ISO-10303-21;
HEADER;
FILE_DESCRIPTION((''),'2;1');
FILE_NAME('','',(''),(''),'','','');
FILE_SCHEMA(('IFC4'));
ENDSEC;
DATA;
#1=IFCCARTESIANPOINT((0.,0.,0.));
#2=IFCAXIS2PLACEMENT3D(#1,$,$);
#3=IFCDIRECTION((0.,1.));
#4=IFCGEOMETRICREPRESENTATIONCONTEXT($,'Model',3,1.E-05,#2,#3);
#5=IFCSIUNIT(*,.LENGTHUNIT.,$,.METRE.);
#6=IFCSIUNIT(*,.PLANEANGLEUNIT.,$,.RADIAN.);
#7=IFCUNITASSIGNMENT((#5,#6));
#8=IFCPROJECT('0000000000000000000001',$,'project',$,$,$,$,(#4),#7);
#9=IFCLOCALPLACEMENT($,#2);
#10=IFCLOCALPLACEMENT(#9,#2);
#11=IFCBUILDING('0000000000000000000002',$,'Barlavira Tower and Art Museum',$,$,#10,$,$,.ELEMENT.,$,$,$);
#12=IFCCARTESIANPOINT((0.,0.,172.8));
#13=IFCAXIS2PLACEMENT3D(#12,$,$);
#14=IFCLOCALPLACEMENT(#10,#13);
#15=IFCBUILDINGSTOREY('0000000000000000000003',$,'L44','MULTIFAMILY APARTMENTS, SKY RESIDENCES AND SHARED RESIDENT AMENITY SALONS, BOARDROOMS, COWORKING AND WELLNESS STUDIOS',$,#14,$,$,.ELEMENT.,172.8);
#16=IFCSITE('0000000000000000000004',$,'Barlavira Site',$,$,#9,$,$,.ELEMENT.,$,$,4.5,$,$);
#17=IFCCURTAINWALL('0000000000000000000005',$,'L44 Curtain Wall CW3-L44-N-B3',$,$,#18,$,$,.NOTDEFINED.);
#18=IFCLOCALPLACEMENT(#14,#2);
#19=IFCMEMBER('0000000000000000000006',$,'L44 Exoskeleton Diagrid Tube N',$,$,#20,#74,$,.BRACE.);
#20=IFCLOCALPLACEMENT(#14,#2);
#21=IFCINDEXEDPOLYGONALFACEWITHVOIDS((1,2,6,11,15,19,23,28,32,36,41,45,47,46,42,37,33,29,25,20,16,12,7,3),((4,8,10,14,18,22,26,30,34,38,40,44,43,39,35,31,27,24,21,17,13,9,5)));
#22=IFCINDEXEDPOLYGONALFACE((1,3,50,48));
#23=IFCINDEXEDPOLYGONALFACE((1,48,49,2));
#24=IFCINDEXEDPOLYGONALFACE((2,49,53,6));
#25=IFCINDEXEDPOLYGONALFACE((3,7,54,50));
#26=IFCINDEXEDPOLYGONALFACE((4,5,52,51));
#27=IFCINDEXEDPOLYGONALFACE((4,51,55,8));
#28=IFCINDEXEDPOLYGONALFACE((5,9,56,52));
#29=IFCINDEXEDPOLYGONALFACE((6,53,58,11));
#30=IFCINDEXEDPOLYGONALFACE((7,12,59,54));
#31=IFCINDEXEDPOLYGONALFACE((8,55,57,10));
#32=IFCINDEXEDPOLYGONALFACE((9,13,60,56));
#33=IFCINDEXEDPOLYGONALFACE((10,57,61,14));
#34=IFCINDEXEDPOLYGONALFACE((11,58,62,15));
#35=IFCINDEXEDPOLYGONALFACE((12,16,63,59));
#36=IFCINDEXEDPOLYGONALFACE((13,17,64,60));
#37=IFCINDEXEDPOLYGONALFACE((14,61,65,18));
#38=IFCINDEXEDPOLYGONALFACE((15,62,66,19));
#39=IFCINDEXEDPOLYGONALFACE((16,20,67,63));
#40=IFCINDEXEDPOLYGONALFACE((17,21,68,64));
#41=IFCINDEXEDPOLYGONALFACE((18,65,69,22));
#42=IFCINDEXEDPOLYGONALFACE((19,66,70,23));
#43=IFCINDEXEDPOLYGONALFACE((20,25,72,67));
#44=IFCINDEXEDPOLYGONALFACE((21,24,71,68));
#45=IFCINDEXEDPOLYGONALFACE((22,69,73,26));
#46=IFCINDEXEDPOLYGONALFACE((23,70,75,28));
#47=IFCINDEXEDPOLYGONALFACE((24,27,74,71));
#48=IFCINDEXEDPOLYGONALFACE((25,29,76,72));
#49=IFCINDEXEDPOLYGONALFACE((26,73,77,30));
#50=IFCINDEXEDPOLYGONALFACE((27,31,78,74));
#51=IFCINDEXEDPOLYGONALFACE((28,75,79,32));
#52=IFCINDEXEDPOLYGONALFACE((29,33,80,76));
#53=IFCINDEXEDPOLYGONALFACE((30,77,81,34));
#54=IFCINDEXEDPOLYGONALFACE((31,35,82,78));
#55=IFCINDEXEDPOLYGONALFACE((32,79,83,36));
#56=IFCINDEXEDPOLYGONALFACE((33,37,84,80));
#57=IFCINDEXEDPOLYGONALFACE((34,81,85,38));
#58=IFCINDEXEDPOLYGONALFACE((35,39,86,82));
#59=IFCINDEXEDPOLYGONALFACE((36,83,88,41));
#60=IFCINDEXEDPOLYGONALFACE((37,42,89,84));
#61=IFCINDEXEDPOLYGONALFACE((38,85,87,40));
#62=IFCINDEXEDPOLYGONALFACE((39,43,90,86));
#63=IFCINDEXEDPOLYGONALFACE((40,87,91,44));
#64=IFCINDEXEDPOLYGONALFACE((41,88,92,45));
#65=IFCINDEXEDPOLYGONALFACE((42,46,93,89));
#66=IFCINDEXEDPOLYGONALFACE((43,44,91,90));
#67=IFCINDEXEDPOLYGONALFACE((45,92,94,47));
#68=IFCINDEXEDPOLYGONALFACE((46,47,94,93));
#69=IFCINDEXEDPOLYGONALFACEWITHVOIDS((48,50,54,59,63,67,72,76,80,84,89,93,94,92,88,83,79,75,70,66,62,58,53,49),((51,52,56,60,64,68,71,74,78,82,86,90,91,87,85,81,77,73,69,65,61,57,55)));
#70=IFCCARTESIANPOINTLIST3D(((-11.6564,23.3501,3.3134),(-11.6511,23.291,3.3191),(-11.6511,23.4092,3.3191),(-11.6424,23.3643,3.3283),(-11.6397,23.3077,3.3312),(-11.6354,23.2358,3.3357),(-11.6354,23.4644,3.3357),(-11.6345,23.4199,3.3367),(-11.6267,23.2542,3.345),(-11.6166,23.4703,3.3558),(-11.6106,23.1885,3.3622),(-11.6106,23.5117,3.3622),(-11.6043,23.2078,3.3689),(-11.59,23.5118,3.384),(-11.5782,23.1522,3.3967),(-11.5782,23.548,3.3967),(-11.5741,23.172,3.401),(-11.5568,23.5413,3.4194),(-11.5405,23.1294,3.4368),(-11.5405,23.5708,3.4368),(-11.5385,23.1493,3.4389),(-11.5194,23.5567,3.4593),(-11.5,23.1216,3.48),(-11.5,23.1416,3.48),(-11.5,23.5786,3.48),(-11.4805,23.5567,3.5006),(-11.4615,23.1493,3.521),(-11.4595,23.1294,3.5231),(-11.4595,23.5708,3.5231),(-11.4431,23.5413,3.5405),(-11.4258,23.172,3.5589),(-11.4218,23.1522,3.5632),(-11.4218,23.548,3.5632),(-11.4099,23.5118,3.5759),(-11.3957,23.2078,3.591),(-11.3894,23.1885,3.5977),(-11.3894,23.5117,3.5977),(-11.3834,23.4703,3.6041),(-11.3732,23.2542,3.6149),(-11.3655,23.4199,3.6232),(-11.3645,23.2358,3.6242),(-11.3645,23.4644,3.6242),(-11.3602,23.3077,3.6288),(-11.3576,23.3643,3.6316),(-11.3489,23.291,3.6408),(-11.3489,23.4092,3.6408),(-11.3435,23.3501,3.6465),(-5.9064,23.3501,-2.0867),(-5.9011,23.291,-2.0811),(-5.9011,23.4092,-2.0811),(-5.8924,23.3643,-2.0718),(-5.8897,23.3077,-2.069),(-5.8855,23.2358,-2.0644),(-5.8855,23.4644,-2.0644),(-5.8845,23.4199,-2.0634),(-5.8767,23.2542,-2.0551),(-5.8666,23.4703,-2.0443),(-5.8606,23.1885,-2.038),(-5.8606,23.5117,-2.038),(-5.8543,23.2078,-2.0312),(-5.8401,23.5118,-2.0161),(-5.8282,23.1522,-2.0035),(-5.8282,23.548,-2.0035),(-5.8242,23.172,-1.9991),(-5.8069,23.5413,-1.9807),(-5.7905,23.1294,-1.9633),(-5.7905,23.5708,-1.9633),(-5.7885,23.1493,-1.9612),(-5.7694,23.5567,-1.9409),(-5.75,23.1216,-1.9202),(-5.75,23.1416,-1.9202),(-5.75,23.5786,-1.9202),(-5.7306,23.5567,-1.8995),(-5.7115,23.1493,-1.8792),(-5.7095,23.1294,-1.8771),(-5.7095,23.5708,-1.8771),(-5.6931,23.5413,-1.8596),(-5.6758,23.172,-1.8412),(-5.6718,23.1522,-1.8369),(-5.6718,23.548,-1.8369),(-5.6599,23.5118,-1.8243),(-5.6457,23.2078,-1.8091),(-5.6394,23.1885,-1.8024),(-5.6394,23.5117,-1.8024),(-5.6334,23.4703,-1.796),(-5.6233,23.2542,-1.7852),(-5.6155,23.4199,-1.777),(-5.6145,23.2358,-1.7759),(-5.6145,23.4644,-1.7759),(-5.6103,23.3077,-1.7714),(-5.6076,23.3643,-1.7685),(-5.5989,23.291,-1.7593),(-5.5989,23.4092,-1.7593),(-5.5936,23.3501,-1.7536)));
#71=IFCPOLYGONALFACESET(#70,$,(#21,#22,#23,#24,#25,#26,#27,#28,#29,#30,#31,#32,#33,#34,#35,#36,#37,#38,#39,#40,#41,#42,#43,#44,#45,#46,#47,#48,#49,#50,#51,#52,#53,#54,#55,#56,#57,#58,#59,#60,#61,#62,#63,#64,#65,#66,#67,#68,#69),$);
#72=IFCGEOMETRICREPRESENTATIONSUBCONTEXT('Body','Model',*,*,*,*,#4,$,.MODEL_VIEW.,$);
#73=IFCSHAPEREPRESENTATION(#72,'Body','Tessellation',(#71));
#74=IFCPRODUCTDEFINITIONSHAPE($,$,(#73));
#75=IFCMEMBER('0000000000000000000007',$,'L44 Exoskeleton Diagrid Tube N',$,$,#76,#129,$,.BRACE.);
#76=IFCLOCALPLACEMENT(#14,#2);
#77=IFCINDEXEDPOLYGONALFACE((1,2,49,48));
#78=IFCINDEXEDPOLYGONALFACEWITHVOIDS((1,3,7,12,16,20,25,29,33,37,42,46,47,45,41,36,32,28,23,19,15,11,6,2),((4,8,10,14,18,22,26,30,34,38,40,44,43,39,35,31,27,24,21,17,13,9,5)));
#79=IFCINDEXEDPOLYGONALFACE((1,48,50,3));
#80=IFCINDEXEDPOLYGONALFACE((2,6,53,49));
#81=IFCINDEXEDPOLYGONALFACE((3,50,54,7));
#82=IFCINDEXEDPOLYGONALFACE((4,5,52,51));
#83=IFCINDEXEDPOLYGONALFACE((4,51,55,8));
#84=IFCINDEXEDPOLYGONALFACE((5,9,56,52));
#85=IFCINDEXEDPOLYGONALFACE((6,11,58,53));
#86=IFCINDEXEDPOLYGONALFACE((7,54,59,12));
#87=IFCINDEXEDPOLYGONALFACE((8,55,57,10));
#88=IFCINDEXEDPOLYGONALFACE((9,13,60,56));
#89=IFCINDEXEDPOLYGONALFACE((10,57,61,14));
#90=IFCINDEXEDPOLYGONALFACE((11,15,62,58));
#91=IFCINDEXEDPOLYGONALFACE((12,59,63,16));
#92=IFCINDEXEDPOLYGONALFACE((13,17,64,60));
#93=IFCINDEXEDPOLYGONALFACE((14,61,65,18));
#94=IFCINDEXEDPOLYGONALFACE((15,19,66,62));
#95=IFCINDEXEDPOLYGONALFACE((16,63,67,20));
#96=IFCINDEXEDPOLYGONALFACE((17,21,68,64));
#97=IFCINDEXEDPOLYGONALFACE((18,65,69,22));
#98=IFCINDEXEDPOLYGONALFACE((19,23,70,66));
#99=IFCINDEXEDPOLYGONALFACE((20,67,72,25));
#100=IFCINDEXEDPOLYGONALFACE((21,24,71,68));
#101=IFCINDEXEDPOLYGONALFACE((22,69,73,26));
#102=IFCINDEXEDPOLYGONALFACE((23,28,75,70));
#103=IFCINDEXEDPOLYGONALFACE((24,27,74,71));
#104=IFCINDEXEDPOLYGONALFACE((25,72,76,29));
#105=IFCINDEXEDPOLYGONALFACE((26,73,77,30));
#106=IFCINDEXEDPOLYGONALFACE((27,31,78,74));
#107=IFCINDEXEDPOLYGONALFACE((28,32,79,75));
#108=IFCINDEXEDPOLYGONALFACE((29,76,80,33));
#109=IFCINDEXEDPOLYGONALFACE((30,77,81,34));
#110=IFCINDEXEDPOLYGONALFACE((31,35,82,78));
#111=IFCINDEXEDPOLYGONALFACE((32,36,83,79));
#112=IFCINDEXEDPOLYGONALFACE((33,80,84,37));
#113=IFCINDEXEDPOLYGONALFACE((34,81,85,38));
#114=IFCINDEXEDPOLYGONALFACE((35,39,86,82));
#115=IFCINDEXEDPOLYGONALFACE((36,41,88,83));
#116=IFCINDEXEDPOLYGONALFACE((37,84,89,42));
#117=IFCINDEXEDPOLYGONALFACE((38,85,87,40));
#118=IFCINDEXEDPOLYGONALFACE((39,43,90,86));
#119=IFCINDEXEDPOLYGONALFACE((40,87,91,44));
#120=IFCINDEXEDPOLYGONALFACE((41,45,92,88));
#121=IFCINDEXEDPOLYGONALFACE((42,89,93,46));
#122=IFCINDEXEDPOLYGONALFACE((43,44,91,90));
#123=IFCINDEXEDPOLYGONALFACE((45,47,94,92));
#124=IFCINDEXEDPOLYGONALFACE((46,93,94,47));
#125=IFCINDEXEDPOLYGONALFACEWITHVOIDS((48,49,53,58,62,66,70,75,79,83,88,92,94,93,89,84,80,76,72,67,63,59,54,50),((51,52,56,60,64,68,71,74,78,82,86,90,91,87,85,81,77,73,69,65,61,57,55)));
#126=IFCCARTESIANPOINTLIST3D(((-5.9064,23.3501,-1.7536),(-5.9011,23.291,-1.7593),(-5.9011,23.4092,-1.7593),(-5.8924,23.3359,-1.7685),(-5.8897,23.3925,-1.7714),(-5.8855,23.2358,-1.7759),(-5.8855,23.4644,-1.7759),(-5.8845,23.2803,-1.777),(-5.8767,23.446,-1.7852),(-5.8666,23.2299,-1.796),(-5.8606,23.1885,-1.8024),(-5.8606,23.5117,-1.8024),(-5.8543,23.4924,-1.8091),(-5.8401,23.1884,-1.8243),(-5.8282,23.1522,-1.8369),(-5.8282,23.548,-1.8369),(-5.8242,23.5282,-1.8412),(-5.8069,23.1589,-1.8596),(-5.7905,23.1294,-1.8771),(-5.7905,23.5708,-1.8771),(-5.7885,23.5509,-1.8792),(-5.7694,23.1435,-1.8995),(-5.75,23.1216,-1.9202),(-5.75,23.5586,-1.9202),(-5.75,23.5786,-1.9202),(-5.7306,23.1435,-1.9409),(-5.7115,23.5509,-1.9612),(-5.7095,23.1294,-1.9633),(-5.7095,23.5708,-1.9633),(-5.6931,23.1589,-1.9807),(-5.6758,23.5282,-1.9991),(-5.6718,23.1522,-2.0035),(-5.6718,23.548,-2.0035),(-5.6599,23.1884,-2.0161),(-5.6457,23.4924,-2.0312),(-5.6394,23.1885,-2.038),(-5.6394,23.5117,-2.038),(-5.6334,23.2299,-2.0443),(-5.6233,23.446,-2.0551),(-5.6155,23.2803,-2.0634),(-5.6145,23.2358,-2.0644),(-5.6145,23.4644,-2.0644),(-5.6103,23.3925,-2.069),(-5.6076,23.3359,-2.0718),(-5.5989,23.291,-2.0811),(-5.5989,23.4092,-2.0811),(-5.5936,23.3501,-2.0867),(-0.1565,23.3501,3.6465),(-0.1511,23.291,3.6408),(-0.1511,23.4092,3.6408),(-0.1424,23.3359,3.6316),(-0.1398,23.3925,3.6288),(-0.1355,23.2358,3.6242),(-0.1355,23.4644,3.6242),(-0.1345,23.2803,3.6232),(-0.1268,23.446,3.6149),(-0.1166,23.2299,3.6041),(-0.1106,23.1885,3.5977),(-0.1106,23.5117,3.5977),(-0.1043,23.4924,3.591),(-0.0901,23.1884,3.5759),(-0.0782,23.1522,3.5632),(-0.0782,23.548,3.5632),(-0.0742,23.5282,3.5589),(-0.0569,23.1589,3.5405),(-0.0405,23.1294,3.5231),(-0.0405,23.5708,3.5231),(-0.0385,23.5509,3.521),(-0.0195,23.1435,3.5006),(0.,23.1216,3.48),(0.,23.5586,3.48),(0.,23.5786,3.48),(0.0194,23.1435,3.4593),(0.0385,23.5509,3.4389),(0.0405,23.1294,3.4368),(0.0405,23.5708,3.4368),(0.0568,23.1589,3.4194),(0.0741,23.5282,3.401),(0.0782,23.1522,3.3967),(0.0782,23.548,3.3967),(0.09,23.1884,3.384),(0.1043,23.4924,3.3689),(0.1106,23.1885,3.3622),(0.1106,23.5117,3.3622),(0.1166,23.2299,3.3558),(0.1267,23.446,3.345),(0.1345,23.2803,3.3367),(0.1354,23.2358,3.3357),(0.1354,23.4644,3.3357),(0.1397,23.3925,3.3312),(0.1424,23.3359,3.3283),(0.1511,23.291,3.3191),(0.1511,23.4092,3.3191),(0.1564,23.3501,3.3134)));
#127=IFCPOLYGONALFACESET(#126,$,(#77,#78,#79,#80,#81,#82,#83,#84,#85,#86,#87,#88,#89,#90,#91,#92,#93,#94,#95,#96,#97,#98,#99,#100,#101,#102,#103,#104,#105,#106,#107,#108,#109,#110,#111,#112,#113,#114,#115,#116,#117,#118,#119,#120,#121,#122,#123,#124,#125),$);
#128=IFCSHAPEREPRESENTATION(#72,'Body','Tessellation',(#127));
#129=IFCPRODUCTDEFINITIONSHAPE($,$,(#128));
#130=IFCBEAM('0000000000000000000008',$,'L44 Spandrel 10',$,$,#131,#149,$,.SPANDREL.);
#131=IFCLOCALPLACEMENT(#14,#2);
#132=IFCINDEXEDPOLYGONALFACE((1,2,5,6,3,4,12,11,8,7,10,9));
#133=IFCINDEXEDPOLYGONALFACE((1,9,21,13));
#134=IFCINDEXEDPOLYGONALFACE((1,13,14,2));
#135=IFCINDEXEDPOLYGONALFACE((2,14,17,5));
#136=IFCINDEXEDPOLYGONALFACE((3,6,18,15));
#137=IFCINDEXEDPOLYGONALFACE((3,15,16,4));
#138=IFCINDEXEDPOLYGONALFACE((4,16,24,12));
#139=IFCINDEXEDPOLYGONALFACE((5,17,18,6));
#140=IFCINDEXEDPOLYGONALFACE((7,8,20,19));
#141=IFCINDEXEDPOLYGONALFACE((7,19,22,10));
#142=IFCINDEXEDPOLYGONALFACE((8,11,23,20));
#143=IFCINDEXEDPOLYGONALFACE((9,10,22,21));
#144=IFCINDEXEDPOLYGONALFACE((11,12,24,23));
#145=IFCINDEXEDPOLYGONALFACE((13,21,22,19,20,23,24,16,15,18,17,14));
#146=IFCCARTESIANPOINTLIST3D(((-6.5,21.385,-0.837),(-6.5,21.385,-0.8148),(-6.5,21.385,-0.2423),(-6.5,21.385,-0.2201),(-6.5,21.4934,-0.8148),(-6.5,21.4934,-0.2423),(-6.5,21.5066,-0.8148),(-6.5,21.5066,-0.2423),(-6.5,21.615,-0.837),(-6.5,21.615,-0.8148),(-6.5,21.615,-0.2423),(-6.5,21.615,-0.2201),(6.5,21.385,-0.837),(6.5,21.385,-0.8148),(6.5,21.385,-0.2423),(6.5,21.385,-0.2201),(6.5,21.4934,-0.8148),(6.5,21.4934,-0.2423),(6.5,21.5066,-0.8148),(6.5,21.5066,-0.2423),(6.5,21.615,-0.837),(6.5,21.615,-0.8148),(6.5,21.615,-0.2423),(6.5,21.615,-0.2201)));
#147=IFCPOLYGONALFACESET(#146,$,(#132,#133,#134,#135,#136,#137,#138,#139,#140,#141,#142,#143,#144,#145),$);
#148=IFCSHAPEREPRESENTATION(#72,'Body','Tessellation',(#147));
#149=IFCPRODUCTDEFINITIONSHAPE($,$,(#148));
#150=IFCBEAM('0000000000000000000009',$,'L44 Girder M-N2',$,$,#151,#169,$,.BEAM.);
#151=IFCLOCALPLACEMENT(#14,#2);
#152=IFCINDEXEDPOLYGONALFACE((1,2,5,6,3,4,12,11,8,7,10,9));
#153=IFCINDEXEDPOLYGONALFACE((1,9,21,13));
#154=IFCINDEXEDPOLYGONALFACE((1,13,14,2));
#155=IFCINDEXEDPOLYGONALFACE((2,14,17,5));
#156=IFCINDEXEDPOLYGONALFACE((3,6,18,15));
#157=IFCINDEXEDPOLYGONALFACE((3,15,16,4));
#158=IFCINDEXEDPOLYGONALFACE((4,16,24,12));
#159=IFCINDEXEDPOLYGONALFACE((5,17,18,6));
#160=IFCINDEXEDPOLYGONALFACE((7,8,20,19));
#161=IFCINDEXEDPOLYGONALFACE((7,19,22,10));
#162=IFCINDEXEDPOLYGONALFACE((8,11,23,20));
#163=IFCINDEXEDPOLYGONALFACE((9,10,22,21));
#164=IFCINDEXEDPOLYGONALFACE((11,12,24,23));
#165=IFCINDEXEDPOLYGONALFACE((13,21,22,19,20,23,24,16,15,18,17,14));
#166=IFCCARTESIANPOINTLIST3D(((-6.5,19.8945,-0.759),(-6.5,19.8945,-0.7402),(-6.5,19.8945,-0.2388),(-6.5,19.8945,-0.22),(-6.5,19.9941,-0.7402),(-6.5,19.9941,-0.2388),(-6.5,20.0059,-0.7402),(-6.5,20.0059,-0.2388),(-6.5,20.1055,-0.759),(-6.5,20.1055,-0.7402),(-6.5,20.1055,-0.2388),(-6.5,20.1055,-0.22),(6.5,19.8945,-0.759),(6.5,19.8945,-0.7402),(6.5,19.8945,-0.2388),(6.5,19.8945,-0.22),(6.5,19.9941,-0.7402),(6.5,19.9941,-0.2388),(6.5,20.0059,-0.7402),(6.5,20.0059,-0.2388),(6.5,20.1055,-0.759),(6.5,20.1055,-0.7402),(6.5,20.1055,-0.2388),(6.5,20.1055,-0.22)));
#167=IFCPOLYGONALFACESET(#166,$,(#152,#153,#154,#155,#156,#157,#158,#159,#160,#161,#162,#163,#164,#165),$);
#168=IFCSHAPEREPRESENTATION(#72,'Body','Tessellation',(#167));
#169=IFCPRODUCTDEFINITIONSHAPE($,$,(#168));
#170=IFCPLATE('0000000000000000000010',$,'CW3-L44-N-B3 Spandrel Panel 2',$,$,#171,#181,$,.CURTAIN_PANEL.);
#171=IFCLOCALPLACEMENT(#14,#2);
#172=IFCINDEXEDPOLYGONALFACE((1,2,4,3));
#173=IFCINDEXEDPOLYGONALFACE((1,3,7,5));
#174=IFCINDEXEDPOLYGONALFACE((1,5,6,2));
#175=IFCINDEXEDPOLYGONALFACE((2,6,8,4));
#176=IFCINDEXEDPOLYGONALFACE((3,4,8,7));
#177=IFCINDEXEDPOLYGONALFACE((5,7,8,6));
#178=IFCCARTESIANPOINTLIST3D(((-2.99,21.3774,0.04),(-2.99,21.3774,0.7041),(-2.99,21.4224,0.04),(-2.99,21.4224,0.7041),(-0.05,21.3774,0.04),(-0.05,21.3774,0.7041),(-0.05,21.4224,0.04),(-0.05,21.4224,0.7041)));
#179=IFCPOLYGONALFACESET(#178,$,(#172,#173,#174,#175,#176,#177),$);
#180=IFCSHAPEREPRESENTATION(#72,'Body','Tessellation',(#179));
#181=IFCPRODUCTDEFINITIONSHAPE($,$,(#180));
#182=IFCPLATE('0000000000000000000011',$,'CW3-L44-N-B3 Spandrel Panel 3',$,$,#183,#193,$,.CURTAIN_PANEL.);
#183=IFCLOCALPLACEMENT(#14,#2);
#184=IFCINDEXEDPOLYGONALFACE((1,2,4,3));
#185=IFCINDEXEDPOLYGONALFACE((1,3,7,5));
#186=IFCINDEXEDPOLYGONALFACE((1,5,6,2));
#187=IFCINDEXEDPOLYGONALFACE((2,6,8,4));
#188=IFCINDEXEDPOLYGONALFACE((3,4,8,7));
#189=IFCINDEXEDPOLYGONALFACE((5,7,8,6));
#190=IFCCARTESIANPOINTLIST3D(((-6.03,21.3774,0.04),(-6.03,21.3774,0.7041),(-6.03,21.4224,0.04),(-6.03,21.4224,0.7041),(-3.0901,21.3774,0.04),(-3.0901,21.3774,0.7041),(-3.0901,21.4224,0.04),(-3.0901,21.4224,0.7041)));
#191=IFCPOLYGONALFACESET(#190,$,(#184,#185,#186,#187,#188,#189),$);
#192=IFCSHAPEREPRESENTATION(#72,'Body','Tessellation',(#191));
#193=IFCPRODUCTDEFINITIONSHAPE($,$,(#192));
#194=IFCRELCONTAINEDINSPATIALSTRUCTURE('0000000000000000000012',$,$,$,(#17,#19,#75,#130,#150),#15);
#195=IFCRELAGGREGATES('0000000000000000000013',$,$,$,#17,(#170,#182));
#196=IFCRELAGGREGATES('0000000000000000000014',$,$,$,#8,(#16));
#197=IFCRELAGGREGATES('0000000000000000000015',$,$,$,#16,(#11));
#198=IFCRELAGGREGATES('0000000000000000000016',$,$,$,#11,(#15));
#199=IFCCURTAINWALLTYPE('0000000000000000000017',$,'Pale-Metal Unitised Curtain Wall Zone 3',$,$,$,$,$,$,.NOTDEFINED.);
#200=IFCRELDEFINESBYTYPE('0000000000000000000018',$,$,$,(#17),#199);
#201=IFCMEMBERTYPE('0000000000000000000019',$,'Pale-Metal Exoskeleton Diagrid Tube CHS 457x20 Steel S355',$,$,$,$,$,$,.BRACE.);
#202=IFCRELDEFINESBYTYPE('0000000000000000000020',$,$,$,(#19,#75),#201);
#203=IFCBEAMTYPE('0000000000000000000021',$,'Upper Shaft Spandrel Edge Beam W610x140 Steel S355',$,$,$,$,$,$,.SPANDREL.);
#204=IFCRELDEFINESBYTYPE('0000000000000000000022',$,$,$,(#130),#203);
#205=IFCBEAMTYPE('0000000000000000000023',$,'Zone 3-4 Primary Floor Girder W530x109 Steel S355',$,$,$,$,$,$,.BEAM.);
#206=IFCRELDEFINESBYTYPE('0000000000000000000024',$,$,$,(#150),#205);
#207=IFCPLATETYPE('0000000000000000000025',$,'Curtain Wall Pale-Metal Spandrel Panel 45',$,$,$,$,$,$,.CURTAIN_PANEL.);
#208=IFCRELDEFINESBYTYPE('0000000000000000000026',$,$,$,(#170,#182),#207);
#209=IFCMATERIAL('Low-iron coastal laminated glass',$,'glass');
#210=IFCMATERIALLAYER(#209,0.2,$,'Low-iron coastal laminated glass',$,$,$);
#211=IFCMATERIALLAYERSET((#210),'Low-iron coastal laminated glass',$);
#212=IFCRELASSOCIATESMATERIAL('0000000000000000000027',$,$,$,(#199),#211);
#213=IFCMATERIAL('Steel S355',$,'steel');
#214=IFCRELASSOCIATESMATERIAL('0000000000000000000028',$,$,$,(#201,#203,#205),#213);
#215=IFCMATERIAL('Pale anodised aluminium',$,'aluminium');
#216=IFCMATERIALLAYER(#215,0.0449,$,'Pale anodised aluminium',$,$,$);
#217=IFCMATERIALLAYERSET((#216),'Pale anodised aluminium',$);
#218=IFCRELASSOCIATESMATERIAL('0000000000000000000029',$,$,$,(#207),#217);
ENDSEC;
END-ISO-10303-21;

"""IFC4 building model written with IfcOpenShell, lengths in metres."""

from ifc_helpers import new_model, si_unit, direction, frame, origin, origin_2d, place, context, subcontext, project, spatial, rectangle, hollow_circle, i_section, extrude, material, layer, layer_set, material_profile, profile_set, type_object, element, aggregate, save


model = new_model("IFC4")

# Units and contexts
model_context = context("Model", 3, precision=1e-05, world=origin(), true_north=direction((0.0, 1.0)))
body_context = subcontext(model_context, "Body", "Model", "MODEL_VIEW")
ifc_project = project(units=[si_unit("LENGTHUNIT", "METRE"), si_unit("PLANEANGLEUNIT", "RADIAN")], contexts=[model_context])

# Site, building, storey
site_placement = place(None, origin())
site = spatial("IfcSite", under=ifc_project, at=site_placement, Name="Barlavira Site", CompositionType="ELEMENT", RefElevation=4.5)
building_placement = place(site_placement, origin())
building = spatial("IfcBuilding", under=site, at=building_placement, Name="Barlavira Tower and Art Museum", CompositionType="ELEMENT")
storey_placement = place(building_placement, frame((0.0, 0.0, 172.8)))
storey = spatial("IfcBuildingStorey", under=building, at=storey_placement, Name="L44", Description="MULTIFAMILY APARTMENTS, SKY RESIDENCES AND SHARED RESIDENT AMENITY SALONS, BOARDROOMS, COWORKING AND WELLNESS STUDIOS", CompositionType="ELEMENT", Elevation=172.8)

# Curtain wall
ifc_material_1 = material(Name="Low-iron coastal laminated glass", Category="glass")
ifc_layer_1 = layer(ifc_material_1, 0.2, Name="Low-iron coastal laminated glass")
ifc_layer_set_1 = layer_set([ifc_layer_1], Name="Low-iron coastal laminated glass")
curtain_wall_type = type_object("IfcCurtainWallType", Name="Pale-Metal Unitised Curtain Wall Zone 3", PredefinedType="NOTDEFINED", material=ifc_layer_set_1)
curtain_wall_placement = place(storey_placement, origin())
curtain_wall = element("IfcCurtainWall", 1, at=curtain_wall_placement, inside=storey, type_object=curtain_wall_type, Name="L44 Curtain Wall CW3-L44-N-B3", PredefinedType="NOTDEFINED")
ifc_material_2 = material(Name="Pale anodised aluminium", Category="aluminium")

# Members
ifc_material_3 = material(Name="Steel S355", Category="steel")
ifc_material_profile_1 = material_profile(ifc_material_3, hollow_circle(Radius=0.2285, WallThickness=0.02, at=origin_2d()), Name="CHS 457.0x20.0")
ifc_profile_set_1 = profile_set([ifc_material_profile_1], Name="Steel S355")
member_type_1 = type_object("IfcMemberType", Name="Pale-Metal Exoskeleton Diagrid Tube CHS 457x20 Steel S355", PredefinedType="BRACE", material=ifc_profile_set_1)
for number, where, z_axis, x_axis, name in (
    (2, (-5.75, 23.3501, -1.9202), (-0.728935, 0.0, 0.684583), (0.0, -1.0, 0.0), "L44 Exoskeleton Diagrid Tube N"),
    (3, (-5.75, 23.3501, -1.9202), (0.728935, 0.0, 0.684583), (0.0, 1.0, 0.0), "L44 Exoskeleton Diagrid Tube N"),
):
    element("IfcMember", number, at=place(storey_placement, frame(where, z_axis=z_axis, x_axis=x_axis)), inside=storey, type_object=member_type_1, Name=name, PredefinedType="BRACE", context=body_context, shape_type="SweptSolid", body=[
        extrude(hollow_circle(Radius=0.2285, WallThickness=0.02, at=origin_2d()), origin(), (0.0, 0.0, 1.0), 7.8882),
    ])

# Beams
ifc_material_profile_2 = material_profile(ifc_material_3, i_section(OverallWidth=0.23, OverallDepth=0.6169, WebThickness=0.0132, FlangeThickness=0.0222, at=origin_2d()), Name="W610x140.0")
ifc_profile_set_2 = profile_set([ifc_material_profile_2], Name="Steel S355")
beam_type_1 = type_object("IfcBeamType", Name="Upper Shaft Spandrel Edge Beam W610x140 Steel S355", PredefinedType="SPANDREL", material=ifc_profile_set_2)
beam_1_placement = place(storey_placement, frame((-6.5, 21.5, -0.5286), z_axis=(1.0, 0.0, 0.0), x_axis=(0.0, 1.0, 0.0)))
element("IfcBeam", 4, at=beam_1_placement, inside=storey, type_object=beam_type_1, Name="L44 Spandrel 10", PredefinedType="SPANDREL", context=body_context, shape_type="SweptSolid", body=[
    extrude(i_section(OverallWidth=0.23, OverallDepth=0.6169, WebThickness=0.0132, FlangeThickness=0.0222, at=origin_2d()), origin(), (0.0, 0.0, 1.0), 13.0),
])
ifc_material_profile_3 = material_profile(ifc_material_3, i_section(OverallWidth=0.2109, OverallDepth=0.5391, WebThickness=0.0117, FlangeThickness=0.0188, at=origin_2d()), Name="W530x109.0")
ifc_profile_set_3 = profile_set([ifc_material_profile_3], Name="Steel S355")
beam_type_2 = type_object("IfcBeamType", Name="Zone 3-4 Primary Floor Girder W530x109 Steel S355", PredefinedType="BEAM", material=ifc_profile_set_3)
beam_2_placement = place(storey_placement, frame((-6.5, 20.0, -0.4895), z_axis=(1.0, 0.0, 0.0), x_axis=(0.0, 1.0, 0.0)))
element("IfcBeam", 5, at=beam_2_placement, inside=storey, type_object=beam_type_2, Name="L44 Girder M-N2", PredefinedType="BEAM", context=body_context, shape_type="SweptSolid", body=[
    extrude(i_section(OverallWidth=0.2109, OverallDepth=0.5391, WebThickness=0.0117, FlangeThickness=0.0188, at=origin_2d()), origin(), (0.0, 0.0, 1.0), 13.0),
])

# Plates
ifc_layer_2 = layer(ifc_material_2, 0.0449, Name="Pale anodised aluminium")
ifc_layer_set_2 = layer_set([ifc_layer_2], Name="Pale anodised aluminium")
plate_type_1 = type_object("IfcPlateType", Name="Curtain Wall Pale-Metal Spandrel Panel 45", PredefinedType="CURTAIN_PANEL", material=ifc_layer_set_2)
plate_1_placement = place(storey_placement, frame((-1.52, 21.3999, 0.04), z_axis=(0.0, 0.0, 1.0), x_axis=(-1.0, 0.0, 0.0)))
plate_1 = element("IfcPlate", 6, at=plate_1_placement, type_object=plate_type_1, Name="CW3-L44-N-B3 Spandrel Panel 2", PredefinedType="CURTAIN_PANEL", context=body_context, shape_type="SweptSolid", body=[
    extrude(rectangle(XDim=2.9399, YDim=0.0449, at=origin_2d()), origin(), (0.0, 0.0, 1.0), 0.6641),
])
plate_2_placement = place(storey_placement, frame((-4.5601, 21.3999, 0.04), z_axis=(0.0, 0.0, 1.0), x_axis=(-1.0, 0.0, 0.0)))
plate_2 = element("IfcPlate", 7, at=plate_2_placement, type_object=plate_type_1, Name="CW3-L44-N-B3 Spandrel Panel 3", PredefinedType="CURTAIN_PANEL", context=body_context, shape_type="SweptSolid", body=[
    extrude(rectangle(XDim=2.9399, YDim=0.0449, at=origin_2d()), origin(), (0.0, 0.0, 1.0), 0.6641),
])
aggregate(curtain_wall, [plate_1, plate_2])

save(model, "model.ifc")
